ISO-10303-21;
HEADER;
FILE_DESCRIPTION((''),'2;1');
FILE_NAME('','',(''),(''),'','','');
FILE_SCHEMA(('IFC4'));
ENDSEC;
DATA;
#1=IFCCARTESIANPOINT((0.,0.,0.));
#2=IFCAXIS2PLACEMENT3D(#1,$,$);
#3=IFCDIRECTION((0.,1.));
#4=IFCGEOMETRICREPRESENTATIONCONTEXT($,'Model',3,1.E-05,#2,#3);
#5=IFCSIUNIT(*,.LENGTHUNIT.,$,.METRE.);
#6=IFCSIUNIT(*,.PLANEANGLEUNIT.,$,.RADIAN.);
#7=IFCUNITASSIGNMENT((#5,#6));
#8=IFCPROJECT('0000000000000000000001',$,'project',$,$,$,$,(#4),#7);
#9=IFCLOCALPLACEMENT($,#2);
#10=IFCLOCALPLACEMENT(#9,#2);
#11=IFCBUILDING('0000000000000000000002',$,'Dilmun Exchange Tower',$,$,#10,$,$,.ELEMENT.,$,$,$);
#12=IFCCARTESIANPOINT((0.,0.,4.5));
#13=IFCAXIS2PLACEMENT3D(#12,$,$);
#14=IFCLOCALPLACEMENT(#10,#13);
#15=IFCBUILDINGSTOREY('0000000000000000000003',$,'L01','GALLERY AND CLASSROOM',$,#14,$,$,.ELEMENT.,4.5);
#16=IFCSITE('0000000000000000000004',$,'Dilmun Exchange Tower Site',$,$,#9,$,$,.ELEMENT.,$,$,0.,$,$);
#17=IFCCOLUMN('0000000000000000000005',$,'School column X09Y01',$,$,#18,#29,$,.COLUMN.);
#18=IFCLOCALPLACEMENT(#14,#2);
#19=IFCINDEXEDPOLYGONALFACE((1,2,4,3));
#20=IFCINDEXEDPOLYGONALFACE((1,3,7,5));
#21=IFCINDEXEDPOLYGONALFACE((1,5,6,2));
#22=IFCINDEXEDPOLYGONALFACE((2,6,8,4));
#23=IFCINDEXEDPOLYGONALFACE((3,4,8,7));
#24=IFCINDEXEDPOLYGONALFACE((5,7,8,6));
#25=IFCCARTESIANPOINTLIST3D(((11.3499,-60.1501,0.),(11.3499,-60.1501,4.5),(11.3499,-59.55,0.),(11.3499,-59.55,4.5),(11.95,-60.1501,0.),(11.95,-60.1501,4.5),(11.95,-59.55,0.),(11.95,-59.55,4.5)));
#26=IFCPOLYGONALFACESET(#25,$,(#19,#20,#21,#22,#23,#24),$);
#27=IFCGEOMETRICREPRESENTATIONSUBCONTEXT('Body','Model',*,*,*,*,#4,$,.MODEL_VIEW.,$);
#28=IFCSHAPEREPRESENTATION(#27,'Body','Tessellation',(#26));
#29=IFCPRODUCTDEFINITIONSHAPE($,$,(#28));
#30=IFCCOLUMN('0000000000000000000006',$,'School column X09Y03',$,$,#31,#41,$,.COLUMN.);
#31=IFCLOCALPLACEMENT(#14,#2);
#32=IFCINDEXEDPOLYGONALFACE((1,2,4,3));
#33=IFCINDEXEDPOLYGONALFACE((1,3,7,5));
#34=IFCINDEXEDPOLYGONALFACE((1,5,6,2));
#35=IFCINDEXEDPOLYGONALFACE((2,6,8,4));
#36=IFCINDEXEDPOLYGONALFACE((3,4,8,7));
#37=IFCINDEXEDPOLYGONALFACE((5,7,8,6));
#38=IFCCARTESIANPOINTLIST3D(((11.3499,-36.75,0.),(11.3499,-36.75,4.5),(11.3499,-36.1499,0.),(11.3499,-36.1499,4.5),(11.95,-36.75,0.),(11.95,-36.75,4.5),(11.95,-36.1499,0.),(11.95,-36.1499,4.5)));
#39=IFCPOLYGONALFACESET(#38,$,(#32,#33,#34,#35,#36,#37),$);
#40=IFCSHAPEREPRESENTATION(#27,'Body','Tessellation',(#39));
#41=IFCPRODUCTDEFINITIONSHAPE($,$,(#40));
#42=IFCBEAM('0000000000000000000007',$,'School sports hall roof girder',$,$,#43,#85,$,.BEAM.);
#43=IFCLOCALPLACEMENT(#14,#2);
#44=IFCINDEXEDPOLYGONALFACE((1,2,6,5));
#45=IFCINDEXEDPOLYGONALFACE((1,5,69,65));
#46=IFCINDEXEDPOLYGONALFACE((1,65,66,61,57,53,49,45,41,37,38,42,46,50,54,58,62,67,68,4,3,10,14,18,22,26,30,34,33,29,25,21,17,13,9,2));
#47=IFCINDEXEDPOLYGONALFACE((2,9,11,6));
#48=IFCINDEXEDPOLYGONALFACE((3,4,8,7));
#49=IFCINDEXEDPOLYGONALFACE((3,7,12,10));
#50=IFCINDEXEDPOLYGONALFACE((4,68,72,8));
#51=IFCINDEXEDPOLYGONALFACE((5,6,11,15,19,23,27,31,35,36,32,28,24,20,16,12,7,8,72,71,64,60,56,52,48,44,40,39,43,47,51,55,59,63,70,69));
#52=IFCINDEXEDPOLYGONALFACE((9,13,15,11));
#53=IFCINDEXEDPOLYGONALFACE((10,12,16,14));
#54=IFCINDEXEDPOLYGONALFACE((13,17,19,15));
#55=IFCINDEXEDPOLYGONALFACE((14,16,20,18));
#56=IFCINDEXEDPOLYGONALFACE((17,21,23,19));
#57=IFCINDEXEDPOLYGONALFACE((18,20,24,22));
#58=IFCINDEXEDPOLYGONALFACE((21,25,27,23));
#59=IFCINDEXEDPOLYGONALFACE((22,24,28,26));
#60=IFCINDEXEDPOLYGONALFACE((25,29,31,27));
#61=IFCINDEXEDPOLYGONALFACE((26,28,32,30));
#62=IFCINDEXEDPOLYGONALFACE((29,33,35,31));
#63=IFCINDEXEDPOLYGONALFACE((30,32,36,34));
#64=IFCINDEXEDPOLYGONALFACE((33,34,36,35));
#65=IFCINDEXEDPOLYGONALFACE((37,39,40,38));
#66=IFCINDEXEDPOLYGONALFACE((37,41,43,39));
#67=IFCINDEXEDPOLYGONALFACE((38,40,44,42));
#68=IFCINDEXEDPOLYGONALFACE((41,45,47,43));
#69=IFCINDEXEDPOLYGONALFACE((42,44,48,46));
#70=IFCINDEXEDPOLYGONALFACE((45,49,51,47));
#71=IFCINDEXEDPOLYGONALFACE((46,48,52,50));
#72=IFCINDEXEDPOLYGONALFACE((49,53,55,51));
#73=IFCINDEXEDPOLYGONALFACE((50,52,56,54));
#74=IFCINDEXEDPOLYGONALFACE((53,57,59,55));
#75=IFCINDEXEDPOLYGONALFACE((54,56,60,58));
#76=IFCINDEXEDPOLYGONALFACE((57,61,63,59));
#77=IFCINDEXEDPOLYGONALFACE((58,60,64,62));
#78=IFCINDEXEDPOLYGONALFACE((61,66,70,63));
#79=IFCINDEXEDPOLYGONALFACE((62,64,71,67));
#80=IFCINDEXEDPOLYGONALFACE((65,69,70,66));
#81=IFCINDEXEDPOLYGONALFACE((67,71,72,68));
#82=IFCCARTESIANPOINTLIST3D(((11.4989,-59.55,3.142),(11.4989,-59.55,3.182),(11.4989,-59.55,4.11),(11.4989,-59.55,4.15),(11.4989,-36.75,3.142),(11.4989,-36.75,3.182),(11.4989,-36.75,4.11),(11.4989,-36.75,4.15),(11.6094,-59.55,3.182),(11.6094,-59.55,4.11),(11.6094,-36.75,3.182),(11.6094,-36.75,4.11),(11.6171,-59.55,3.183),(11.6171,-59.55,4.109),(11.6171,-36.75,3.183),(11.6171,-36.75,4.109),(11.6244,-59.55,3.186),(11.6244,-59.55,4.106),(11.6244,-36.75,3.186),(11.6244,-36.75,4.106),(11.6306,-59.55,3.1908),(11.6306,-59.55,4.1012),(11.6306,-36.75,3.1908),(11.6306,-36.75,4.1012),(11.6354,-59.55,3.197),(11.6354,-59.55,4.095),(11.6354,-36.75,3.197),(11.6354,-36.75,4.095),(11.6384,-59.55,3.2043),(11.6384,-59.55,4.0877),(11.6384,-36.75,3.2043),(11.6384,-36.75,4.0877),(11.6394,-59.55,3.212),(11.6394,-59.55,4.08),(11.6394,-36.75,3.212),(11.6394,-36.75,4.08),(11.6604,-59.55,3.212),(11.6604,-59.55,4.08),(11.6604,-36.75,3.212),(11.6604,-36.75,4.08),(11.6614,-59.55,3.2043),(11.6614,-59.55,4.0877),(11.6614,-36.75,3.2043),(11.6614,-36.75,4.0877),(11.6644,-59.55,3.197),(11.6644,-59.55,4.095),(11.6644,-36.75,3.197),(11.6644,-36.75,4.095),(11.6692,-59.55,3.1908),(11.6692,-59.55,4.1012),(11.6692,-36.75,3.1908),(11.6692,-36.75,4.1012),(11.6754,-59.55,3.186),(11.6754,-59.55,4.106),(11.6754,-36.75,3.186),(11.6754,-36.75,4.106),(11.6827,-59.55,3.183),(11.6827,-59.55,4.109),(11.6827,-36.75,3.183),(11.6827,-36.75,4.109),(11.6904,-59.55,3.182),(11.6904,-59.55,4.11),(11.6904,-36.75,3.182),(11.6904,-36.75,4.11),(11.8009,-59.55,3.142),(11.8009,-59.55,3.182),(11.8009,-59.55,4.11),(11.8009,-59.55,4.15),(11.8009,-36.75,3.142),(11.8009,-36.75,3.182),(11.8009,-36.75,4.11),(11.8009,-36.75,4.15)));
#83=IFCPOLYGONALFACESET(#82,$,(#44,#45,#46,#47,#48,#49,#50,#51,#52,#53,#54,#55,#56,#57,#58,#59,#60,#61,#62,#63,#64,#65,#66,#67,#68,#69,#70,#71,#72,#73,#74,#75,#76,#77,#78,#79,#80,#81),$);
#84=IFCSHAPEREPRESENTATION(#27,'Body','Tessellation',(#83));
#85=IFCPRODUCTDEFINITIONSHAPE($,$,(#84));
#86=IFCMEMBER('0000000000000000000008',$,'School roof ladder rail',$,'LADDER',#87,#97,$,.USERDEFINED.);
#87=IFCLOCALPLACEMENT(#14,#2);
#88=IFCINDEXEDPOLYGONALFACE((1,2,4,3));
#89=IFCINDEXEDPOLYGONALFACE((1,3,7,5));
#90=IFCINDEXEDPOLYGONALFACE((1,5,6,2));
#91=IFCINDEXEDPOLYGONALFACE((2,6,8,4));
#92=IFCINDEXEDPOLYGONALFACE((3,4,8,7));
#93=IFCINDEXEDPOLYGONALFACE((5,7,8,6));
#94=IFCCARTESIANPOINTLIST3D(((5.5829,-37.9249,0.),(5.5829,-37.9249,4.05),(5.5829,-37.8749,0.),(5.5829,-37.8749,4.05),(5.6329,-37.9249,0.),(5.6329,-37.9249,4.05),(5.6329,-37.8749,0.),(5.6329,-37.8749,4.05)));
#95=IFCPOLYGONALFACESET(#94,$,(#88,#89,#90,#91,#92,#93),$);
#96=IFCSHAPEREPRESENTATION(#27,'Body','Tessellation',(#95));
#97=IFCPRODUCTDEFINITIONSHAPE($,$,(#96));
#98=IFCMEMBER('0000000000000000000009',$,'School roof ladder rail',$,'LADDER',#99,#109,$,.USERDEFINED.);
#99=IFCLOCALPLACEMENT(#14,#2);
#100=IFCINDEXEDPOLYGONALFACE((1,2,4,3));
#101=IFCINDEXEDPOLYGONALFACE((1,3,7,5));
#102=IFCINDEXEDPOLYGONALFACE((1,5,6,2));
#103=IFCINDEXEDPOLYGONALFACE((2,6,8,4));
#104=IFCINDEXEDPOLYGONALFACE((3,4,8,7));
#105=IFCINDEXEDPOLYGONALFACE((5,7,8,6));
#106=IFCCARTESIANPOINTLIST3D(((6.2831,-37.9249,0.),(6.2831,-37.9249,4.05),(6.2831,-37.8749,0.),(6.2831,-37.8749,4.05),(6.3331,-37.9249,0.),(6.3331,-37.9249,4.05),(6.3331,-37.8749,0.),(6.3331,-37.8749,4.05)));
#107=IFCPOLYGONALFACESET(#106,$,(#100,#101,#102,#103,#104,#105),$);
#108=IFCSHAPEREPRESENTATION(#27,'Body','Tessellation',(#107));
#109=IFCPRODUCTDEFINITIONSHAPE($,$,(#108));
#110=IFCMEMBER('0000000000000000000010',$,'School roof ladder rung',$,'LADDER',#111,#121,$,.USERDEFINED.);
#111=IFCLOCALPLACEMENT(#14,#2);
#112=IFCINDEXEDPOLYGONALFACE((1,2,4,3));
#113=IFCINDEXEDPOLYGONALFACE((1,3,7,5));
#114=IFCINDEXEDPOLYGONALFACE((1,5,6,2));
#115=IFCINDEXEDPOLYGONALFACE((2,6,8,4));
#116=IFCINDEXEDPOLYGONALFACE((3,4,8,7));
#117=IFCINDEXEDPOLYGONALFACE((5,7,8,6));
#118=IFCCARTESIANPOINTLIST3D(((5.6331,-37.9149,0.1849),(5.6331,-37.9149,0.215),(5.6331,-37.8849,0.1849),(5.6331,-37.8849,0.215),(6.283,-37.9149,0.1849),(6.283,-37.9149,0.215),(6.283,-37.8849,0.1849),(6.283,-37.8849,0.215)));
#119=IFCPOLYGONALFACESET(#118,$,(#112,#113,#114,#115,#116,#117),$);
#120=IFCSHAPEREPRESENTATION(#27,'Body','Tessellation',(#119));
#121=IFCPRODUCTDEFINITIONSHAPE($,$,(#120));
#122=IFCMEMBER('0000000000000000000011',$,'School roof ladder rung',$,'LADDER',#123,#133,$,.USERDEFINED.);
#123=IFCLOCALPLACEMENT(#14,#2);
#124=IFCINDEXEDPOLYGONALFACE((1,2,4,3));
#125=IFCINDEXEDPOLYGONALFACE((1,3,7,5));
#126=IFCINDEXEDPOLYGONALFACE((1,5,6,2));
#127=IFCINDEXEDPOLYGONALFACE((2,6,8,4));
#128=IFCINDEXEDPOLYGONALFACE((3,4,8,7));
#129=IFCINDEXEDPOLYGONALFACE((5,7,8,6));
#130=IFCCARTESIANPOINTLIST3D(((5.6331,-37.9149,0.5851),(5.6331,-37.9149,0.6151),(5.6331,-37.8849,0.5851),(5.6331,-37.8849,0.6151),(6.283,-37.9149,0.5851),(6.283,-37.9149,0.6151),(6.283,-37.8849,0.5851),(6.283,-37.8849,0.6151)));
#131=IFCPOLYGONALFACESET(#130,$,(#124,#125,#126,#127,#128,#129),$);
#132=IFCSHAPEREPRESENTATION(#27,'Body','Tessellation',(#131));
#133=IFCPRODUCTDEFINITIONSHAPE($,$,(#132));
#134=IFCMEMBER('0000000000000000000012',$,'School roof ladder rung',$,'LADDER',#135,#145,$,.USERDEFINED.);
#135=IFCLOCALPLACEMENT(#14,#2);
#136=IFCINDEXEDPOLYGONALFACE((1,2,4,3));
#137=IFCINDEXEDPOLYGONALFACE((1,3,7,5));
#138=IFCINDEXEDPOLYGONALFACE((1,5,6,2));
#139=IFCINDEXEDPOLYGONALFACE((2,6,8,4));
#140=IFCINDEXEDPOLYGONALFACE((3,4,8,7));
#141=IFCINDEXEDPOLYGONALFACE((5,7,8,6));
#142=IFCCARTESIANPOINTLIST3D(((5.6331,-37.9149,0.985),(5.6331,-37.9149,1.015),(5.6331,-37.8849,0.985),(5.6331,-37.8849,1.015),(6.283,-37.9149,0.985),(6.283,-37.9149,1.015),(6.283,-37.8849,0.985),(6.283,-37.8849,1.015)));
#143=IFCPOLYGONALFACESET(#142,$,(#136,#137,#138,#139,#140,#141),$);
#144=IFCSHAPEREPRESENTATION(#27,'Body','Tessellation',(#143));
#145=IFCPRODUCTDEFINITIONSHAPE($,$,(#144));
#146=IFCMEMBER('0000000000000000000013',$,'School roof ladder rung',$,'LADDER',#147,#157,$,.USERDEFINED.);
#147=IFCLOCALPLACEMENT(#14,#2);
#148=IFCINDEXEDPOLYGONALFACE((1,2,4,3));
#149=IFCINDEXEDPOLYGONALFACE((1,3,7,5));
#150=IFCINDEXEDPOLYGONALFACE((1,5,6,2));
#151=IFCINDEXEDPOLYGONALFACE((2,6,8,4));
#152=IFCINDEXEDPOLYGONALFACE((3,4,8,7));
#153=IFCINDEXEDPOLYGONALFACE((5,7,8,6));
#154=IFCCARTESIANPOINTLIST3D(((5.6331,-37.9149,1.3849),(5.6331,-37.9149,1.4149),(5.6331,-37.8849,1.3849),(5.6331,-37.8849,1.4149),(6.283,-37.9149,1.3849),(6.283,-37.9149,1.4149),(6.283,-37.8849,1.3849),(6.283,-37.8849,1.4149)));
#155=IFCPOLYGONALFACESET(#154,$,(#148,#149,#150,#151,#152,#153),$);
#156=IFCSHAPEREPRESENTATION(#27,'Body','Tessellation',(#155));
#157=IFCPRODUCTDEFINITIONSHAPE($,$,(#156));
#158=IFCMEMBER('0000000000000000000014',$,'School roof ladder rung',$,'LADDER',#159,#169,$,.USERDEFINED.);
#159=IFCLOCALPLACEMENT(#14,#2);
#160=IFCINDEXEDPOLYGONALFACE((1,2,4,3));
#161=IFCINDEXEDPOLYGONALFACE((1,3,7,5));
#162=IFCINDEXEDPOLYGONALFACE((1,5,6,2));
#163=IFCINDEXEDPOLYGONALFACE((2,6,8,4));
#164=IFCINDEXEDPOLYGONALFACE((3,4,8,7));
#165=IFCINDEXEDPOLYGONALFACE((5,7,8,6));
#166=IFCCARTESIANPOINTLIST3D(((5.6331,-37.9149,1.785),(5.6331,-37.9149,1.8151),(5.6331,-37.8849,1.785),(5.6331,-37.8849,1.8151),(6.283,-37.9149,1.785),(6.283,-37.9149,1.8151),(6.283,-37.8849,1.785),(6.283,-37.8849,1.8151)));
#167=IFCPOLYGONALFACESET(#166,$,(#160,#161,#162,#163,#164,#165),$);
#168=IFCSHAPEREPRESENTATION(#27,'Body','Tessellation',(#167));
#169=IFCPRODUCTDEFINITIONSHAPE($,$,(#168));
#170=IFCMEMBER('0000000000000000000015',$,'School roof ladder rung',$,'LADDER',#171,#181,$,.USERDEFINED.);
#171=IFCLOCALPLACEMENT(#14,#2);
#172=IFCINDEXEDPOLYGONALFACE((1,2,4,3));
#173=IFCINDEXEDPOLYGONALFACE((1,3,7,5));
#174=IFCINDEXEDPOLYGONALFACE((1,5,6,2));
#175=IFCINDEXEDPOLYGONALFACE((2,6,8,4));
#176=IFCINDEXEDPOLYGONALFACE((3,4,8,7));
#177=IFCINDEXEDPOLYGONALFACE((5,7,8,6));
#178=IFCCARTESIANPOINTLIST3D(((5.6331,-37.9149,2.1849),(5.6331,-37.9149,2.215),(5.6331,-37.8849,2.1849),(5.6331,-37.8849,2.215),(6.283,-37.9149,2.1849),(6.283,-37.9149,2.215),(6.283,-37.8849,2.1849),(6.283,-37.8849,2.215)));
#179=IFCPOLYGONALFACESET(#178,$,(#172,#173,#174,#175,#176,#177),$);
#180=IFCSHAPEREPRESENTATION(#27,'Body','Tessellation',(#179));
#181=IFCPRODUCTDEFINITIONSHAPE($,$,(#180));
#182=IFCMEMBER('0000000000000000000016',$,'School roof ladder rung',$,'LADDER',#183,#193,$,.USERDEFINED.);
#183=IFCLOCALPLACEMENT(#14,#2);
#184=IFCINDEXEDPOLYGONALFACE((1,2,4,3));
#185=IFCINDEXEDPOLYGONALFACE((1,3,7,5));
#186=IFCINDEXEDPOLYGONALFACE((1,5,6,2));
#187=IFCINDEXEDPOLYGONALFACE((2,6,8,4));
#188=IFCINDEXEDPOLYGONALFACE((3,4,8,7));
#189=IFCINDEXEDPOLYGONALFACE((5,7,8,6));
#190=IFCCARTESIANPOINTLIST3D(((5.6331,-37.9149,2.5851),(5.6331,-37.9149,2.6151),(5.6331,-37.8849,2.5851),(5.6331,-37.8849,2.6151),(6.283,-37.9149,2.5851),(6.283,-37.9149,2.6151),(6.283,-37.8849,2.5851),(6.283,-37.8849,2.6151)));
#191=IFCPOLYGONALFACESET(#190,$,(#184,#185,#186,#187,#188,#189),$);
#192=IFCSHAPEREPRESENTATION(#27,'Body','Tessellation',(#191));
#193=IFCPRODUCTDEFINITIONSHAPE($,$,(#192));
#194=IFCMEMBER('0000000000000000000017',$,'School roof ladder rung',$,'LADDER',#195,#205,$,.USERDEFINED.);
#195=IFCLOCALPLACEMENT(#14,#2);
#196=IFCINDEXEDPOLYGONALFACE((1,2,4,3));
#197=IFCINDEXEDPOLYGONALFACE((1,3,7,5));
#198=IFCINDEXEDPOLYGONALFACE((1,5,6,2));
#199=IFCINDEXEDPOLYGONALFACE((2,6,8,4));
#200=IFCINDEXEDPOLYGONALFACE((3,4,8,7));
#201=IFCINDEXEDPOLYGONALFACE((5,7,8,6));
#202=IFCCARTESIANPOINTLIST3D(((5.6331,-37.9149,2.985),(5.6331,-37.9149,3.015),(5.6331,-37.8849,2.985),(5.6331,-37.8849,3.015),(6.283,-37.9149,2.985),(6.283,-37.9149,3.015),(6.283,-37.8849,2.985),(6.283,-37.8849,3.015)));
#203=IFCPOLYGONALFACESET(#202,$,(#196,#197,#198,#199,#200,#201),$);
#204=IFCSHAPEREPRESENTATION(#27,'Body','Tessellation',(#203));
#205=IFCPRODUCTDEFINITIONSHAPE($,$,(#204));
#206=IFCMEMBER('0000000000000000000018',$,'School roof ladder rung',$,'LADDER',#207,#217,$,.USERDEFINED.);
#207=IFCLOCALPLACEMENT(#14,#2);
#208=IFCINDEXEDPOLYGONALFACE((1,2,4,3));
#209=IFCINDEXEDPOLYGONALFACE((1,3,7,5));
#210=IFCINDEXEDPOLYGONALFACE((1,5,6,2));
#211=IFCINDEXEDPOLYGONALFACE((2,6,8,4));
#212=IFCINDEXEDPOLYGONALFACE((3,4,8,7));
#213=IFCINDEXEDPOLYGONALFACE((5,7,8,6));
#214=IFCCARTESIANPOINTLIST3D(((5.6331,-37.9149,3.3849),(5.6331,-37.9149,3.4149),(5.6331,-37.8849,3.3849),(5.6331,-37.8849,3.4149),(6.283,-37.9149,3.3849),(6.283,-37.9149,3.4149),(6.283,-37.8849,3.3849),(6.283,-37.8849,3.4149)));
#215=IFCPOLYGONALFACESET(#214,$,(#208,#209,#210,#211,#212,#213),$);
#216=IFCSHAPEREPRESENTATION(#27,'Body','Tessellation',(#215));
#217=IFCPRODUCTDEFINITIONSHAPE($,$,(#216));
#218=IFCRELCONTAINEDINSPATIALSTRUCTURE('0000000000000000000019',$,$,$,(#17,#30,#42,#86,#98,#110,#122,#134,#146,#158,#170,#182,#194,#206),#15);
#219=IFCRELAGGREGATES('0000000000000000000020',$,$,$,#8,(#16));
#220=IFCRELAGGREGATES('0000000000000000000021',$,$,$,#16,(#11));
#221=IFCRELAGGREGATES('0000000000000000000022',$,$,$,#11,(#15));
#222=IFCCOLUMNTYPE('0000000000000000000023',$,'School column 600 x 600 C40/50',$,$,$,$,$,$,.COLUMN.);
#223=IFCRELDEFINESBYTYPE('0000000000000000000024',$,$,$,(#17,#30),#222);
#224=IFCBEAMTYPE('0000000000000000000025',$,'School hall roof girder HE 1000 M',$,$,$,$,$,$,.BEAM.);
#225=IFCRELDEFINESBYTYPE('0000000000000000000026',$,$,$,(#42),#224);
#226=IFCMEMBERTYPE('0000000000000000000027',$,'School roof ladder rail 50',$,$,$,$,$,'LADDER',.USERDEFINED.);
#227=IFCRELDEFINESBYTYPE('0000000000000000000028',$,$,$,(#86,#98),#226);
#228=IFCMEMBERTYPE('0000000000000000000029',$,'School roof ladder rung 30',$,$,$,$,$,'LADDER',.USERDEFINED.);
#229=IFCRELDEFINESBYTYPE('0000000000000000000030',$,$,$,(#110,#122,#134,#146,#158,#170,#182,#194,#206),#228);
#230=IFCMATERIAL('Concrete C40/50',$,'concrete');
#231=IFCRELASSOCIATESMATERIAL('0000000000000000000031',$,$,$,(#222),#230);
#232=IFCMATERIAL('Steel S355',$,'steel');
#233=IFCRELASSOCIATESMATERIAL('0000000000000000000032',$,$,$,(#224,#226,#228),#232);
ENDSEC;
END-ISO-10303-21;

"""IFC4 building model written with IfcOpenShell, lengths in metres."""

from ifc_helpers import new_model, si_unit, direction, frame, origin, origin_2d, place, context, subcontext, project, spatial, rectangle, i_section, extrude, material, material_profile, profile_set, type_object, element, save


model = new_model("IFC4")

# Units and contexts
model_context = context("Model", 3, precision=1e-05, world=origin(), true_north=direction((0.0, 1.0)))
body_context = subcontext(model_context, "Body", "Model", "MODEL_VIEW")
ifc_project = project(units=[si_unit("LENGTHUNIT", "METRE"), si_unit("PLANEANGLEUNIT", "RADIAN")], contexts=[model_context])

# Site, building, storey
site_placement = place(None, origin())
site = spatial("IfcSite", under=ifc_project, at=site_placement, Name="Dilmun Exchange Tower Site", CompositionType="ELEMENT", RefElevation=0.0)
building_placement = place(site_placement, origin())
building = spatial("IfcBuilding", under=site, at=building_placement, Name="Dilmun Exchange Tower", CompositionType="ELEMENT")
storey_placement = place(building_placement, frame((0.0, 0.0, 4.5)))
storey = spatial("IfcBuildingStorey", under=building, at=storey_placement, Name="L01", Description="GALLERY AND CLASSROOM", CompositionType="ELEMENT", Elevation=4.5)

# Columns
ifc_material_1 = material(Name="Concrete C40/50", Category="concrete")
ifc_material_profile_1 = material_profile(ifc_material_1, rectangle(XDim=0.6001, YDim=0.6001, at=origin_2d()), Name="600 x 600")
ifc_profile_set_1 = profile_set([ifc_material_profile_1], Name="Concrete C40/50")
column_type = type_object("IfcColumnType", Name="School column 600 x 600 C40/50", PredefinedType="COLUMN", material=ifc_profile_set_1)
for number, where, z_axis, x_axis, name in (
    (1, (11.6499, -59.8501, 0.0), (0.0, 0.0, 1.0), (1.0, 0.0, 0.0), "School column X09Y01"),
    (2, (11.6499, -36.45, 0.0), (0.0, 0.0, 1.0), (1.0, 0.0, 0.0), "School column X09Y03"),
):
    element("IfcColumn", number, at=place(storey_placement, frame(where, z_axis=z_axis, x_axis=x_axis)), inside=storey, type_object=column_type, Name=name, PredefinedType="COLUMN", context=body_context, shape_type="SweptSolid", body=[
        extrude(rectangle(XDim=0.6001, YDim=0.6001, at=origin_2d()), origin(), (0.0, 0.0, 1.0), 4.5),
    ])

# Beam
ifc_material_2 = material(Name="Steel S355", Category="steel")
ifc_material_profile_2 = material_profile(ifc_material_2, i_section(OverallWidth=0.302, OverallDepth=1.0081, WebThickness=0.021, FlangeThickness=0.04, FilletRadius=0.03, at=origin_2d()), Name="HE 1000 M")
ifc_profile_set_2 = profile_set([ifc_material_profile_2], Name="Steel S355")
beam_type = type_object("IfcBeamType", Name="School hall roof girder HE 1000 M", PredefinedType="BEAM", material=ifc_profile_set_2)
beam_placement = place(storey_placement, frame((11.6499, -59.55, 3.646), z_axis=(0.0, 1.0, 0.0), x_axis=(-1.0, 0.0, 0.0)))
element("IfcBeam", 3, at=beam_placement, inside=storey, type_object=beam_type, Name="School sports hall roof girder", PredefinedType="BEAM", context=body_context, shape_type="SweptSolid", body=[
    extrude(i_section(OverallWidth=0.302, OverallDepth=1.0081, WebThickness=0.021, FlangeThickness=0.04, FilletRadius=0.03, at=origin_2d()), origin(), (0.0, 0.0, 1.0), 22.8),
])

# Members
ifc_material_profile_3 = material_profile(ifc_material_2, rectangle(XDim=0.05, YDim=0.05, at=origin_2d()), Name="50 x 50")
ifc_profile_set_3 = profile_set([ifc_material_profile_3], Name="Steel S355")
member_type_1 = type_object("IfcMemberType", Name="School roof ladder rail 50", ElementType="LADDER", PredefinedType="USERDEFINED", material=ifc_profile_set_3)
for number, where, z_axis, x_axis, name in (
    (4, (5.6079, -37.8999, 0.0), (0.0, 0.0, 1.0), (1.0, 0.0, 0.0), "School roof ladder rail"),
    (5, (6.3081, -37.8999, 0.0), (0.0, 0.0, 1.0), (1.0, 0.0, 0.0), "School roof ladder rail"),
):
    element("IfcMember", number, at=place(storey_placement, frame(where, z_axis=z_axis, x_axis=x_axis)), inside=storey, type_object=member_type_1, Name=name, ObjectType="LADDER", PredefinedType="USERDEFINED", context=body_context, shape_type="SweptSolid", body=[
        extrude(rectangle(XDim=0.05, YDim=0.05, at=origin_2d()), origin(), (0.0, 0.0, 1.0), 4.05),
    ])
ifc_material_profile_4 = material_profile(ifc_material_2, rectangle(XDim=0.03, YDim=0.03, at=origin_2d()), Name="30 x 30")
ifc_profile_set_4 = profile_set([ifc_material_profile_4], Name="Steel S355")
member_type_2 = type_object("IfcMemberType", Name="School roof ladder rung 30", ElementType="LADDER", PredefinedType="USERDEFINED", material=ifc_profile_set_4)
for number, where, z_axis, x_axis, name in (
    (6, (5.6331, -37.8999, 0.2), (1.0, 0.0, 0.0), (0.0, 1.0, 0.0), "School roof ladder rung"),
    (7, (5.6331, -37.8999, 0.6001), (1.0, 0.0, 0.0), (0.0, 1.0, 0.0), "School roof ladder rung"),
    (8, (5.6331, -37.8999, 1.0), (1.0, 0.0, 0.0), (0.0, 1.0, 0.0), "School roof ladder rung"),
    (9, (5.6331, -37.8999, 1.3999), (1.0, 0.0, 0.0), (0.0, 1.0, 0.0), "School roof ladder rung"),
    (10, (5.6331, -37.8999, 1.8), (1.0, 0.0, 0.0), (0.0, 1.0, 0.0), "School roof ladder rung"),
    (11, (5.6331, -37.8999, 2.2), (1.0, 0.0, 0.0), (0.0, 1.0, 0.0), "School roof ladder rung"),
    (12, (5.6331, -37.8999, 2.6001), (1.0, 0.0, 0.0), (0.0, 1.0, 0.0), "School roof ladder rung"),
    (13, (5.6331, -37.8999, 3.0), (1.0, 0.0, 0.0), (0.0, 1.0, 0.0), "School roof ladder rung"),
    (14, (5.6331, -37.8999, 3.3999), (1.0, 0.0, 0.0), (0.0, 1.0, 0.0), "School roof ladder rung"),
):
    element("IfcMember", number, at=place(storey_placement, frame(where, z_axis=z_axis, x_axis=x_axis)), inside=storey, type_object=member_type_2, Name=name, ObjectType="LADDER", PredefinedType="USERDEFINED", context=body_context, shape_type="SweptSolid", body=[
        extrude(rectangle(XDim=0.03, YDim=0.03, at=origin_2d()), origin(), (0.0, 0.0, 1.0), 0.6499),
    ])

save(model, "model.ifc")
